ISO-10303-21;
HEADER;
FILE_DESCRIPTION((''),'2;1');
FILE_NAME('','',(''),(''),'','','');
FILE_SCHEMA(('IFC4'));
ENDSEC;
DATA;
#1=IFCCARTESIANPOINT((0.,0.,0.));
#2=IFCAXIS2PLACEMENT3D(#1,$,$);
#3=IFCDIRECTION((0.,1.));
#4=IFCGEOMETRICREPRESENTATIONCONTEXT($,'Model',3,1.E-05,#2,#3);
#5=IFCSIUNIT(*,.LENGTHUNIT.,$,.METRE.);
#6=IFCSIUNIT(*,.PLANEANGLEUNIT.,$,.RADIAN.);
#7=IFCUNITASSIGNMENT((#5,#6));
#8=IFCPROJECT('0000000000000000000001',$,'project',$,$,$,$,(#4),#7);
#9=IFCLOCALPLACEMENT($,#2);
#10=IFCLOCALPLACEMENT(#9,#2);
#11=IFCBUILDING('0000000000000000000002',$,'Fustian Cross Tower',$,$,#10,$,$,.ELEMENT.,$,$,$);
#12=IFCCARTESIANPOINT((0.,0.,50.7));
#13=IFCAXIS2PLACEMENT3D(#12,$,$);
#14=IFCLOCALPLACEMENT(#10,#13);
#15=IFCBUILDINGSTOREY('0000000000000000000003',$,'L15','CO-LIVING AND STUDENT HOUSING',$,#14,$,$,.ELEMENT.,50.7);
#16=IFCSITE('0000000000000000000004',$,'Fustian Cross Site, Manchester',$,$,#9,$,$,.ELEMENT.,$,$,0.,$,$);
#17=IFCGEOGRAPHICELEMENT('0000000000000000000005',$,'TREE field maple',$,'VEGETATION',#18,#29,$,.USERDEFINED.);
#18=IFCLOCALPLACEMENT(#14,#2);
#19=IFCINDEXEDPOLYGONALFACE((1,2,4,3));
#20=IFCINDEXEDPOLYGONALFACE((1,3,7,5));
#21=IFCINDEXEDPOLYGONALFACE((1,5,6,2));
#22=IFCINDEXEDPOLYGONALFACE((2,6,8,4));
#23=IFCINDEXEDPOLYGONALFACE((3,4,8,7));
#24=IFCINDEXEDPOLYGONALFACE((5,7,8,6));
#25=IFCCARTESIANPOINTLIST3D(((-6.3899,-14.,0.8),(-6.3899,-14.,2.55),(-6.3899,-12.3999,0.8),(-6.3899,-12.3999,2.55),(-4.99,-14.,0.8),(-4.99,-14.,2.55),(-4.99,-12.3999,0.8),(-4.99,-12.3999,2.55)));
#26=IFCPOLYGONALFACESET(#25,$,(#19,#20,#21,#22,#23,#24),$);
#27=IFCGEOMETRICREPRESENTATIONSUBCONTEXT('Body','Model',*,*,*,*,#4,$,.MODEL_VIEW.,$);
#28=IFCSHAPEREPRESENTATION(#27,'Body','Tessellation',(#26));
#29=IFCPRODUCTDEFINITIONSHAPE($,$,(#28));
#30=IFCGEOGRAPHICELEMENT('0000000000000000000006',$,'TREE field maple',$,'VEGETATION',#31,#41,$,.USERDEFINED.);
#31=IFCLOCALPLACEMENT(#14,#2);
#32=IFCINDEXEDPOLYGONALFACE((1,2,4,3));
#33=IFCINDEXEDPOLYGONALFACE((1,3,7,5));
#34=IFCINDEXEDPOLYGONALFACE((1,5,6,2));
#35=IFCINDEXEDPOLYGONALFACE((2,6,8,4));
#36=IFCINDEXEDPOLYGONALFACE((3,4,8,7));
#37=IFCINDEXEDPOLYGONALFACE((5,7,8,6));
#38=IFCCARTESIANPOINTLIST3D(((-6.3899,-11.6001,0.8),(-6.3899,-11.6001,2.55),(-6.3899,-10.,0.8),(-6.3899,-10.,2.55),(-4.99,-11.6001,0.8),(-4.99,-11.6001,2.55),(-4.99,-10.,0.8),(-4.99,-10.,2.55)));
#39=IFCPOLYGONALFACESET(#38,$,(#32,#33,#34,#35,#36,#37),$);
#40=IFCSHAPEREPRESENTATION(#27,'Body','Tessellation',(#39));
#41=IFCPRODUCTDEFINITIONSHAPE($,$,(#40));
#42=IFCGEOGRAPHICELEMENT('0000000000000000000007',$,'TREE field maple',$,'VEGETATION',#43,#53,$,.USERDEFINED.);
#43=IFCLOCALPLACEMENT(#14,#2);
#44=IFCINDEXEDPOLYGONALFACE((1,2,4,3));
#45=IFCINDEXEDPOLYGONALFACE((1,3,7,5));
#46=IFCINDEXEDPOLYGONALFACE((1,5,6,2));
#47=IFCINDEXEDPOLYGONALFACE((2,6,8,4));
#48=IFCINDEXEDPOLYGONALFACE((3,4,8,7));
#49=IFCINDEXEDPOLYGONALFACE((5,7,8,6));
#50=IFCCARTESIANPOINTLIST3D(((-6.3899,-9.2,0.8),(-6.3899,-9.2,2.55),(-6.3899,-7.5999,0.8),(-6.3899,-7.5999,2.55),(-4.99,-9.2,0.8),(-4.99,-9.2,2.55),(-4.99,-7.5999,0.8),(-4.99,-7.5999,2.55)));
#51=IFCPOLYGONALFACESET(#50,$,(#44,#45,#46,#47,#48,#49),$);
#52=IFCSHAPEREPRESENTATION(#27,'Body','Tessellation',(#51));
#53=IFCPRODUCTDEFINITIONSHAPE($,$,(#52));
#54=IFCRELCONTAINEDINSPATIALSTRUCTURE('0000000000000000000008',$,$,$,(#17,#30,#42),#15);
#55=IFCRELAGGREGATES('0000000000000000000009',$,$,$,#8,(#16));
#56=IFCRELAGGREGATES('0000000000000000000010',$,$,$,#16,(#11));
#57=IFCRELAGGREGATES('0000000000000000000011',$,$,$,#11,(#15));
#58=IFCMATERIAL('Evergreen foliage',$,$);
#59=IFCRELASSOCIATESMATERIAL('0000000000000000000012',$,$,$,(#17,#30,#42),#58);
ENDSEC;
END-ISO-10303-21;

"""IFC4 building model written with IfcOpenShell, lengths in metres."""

from ifc_helpers import new_model, si_unit, direction, frame, origin, origin_2d, place, context, subcontext, project, spatial, rectangle, extrude, material, element, save


model = new_model("IFC4")

# Units and contexts
model_context = context("Model", 3, precision=1e-05, world=origin(), true_north=direction((0.0, 1.0)))
body_context = subcontext(model_context, "Body", "Model", "MODEL_VIEW")
ifc_project = project(units=[si_unit("LENGTHUNIT", "METRE"), si_unit("PLANEANGLEUNIT", "RADIAN")], contexts=[model_context])

# Site, building, storey
site_placement = place(None, origin())
site = spatial("IfcSite", under=ifc_project, at=site_placement, Name="Fustian Cross Site, Manchester", CompositionType="ELEMENT", RefElevation=0.0)
building_placement = place(site_placement, origin())
building = spatial("IfcBuilding", under=site, at=building_placement, Name="Fustian Cross Tower", CompositionType="ELEMENT")
storey_placement = place(building_placement, frame((0.0, 0.0, 50.7)))
storey = spatial("IfcBuildingStorey", under=building, at=storey_placement, Name="L15", Description="CO-LIVING AND STUDENT HOUSING", CompositionType="ELEMENT", Elevation=50.7)

# Geographic elements
ifc_material_1 = material(Name="Evergreen foliage")
for number, where, z_axis, x_axis, name in (
    (1, (-5.6899, -13.2, 0.8), (0.0, 0.0, 1.0), (1.0, 0.0, 0.0), "TREE field maple"),
    (2, (-5.6899, -10.8, 0.8), (0.0, 0.0, 1.0), (1.0, 0.0, 0.0), "TREE field maple"),
    (3, (-5.6899, -8.3999, 0.8), (0.0, 0.0, 1.0), (1.0, 0.0, 0.0), "TREE field maple"),
):
    element("IfcGeographicElement", number, at=place(storey_placement, frame(where, z_axis=z_axis, x_axis=x_axis)), inside=storey, material=ifc_material_1, Name=name, ObjectType="VEGETATION", PredefinedType="USERDEFINED", context=body_context, shape_type="SweptSolid", body=[
        extrude(rectangle(XDim=1.3999, YDim=1.6001, at=origin_2d()), origin(), (0.0, 0.0, 1.0), 1.75),
    ])

save(model, "model.ifc")
